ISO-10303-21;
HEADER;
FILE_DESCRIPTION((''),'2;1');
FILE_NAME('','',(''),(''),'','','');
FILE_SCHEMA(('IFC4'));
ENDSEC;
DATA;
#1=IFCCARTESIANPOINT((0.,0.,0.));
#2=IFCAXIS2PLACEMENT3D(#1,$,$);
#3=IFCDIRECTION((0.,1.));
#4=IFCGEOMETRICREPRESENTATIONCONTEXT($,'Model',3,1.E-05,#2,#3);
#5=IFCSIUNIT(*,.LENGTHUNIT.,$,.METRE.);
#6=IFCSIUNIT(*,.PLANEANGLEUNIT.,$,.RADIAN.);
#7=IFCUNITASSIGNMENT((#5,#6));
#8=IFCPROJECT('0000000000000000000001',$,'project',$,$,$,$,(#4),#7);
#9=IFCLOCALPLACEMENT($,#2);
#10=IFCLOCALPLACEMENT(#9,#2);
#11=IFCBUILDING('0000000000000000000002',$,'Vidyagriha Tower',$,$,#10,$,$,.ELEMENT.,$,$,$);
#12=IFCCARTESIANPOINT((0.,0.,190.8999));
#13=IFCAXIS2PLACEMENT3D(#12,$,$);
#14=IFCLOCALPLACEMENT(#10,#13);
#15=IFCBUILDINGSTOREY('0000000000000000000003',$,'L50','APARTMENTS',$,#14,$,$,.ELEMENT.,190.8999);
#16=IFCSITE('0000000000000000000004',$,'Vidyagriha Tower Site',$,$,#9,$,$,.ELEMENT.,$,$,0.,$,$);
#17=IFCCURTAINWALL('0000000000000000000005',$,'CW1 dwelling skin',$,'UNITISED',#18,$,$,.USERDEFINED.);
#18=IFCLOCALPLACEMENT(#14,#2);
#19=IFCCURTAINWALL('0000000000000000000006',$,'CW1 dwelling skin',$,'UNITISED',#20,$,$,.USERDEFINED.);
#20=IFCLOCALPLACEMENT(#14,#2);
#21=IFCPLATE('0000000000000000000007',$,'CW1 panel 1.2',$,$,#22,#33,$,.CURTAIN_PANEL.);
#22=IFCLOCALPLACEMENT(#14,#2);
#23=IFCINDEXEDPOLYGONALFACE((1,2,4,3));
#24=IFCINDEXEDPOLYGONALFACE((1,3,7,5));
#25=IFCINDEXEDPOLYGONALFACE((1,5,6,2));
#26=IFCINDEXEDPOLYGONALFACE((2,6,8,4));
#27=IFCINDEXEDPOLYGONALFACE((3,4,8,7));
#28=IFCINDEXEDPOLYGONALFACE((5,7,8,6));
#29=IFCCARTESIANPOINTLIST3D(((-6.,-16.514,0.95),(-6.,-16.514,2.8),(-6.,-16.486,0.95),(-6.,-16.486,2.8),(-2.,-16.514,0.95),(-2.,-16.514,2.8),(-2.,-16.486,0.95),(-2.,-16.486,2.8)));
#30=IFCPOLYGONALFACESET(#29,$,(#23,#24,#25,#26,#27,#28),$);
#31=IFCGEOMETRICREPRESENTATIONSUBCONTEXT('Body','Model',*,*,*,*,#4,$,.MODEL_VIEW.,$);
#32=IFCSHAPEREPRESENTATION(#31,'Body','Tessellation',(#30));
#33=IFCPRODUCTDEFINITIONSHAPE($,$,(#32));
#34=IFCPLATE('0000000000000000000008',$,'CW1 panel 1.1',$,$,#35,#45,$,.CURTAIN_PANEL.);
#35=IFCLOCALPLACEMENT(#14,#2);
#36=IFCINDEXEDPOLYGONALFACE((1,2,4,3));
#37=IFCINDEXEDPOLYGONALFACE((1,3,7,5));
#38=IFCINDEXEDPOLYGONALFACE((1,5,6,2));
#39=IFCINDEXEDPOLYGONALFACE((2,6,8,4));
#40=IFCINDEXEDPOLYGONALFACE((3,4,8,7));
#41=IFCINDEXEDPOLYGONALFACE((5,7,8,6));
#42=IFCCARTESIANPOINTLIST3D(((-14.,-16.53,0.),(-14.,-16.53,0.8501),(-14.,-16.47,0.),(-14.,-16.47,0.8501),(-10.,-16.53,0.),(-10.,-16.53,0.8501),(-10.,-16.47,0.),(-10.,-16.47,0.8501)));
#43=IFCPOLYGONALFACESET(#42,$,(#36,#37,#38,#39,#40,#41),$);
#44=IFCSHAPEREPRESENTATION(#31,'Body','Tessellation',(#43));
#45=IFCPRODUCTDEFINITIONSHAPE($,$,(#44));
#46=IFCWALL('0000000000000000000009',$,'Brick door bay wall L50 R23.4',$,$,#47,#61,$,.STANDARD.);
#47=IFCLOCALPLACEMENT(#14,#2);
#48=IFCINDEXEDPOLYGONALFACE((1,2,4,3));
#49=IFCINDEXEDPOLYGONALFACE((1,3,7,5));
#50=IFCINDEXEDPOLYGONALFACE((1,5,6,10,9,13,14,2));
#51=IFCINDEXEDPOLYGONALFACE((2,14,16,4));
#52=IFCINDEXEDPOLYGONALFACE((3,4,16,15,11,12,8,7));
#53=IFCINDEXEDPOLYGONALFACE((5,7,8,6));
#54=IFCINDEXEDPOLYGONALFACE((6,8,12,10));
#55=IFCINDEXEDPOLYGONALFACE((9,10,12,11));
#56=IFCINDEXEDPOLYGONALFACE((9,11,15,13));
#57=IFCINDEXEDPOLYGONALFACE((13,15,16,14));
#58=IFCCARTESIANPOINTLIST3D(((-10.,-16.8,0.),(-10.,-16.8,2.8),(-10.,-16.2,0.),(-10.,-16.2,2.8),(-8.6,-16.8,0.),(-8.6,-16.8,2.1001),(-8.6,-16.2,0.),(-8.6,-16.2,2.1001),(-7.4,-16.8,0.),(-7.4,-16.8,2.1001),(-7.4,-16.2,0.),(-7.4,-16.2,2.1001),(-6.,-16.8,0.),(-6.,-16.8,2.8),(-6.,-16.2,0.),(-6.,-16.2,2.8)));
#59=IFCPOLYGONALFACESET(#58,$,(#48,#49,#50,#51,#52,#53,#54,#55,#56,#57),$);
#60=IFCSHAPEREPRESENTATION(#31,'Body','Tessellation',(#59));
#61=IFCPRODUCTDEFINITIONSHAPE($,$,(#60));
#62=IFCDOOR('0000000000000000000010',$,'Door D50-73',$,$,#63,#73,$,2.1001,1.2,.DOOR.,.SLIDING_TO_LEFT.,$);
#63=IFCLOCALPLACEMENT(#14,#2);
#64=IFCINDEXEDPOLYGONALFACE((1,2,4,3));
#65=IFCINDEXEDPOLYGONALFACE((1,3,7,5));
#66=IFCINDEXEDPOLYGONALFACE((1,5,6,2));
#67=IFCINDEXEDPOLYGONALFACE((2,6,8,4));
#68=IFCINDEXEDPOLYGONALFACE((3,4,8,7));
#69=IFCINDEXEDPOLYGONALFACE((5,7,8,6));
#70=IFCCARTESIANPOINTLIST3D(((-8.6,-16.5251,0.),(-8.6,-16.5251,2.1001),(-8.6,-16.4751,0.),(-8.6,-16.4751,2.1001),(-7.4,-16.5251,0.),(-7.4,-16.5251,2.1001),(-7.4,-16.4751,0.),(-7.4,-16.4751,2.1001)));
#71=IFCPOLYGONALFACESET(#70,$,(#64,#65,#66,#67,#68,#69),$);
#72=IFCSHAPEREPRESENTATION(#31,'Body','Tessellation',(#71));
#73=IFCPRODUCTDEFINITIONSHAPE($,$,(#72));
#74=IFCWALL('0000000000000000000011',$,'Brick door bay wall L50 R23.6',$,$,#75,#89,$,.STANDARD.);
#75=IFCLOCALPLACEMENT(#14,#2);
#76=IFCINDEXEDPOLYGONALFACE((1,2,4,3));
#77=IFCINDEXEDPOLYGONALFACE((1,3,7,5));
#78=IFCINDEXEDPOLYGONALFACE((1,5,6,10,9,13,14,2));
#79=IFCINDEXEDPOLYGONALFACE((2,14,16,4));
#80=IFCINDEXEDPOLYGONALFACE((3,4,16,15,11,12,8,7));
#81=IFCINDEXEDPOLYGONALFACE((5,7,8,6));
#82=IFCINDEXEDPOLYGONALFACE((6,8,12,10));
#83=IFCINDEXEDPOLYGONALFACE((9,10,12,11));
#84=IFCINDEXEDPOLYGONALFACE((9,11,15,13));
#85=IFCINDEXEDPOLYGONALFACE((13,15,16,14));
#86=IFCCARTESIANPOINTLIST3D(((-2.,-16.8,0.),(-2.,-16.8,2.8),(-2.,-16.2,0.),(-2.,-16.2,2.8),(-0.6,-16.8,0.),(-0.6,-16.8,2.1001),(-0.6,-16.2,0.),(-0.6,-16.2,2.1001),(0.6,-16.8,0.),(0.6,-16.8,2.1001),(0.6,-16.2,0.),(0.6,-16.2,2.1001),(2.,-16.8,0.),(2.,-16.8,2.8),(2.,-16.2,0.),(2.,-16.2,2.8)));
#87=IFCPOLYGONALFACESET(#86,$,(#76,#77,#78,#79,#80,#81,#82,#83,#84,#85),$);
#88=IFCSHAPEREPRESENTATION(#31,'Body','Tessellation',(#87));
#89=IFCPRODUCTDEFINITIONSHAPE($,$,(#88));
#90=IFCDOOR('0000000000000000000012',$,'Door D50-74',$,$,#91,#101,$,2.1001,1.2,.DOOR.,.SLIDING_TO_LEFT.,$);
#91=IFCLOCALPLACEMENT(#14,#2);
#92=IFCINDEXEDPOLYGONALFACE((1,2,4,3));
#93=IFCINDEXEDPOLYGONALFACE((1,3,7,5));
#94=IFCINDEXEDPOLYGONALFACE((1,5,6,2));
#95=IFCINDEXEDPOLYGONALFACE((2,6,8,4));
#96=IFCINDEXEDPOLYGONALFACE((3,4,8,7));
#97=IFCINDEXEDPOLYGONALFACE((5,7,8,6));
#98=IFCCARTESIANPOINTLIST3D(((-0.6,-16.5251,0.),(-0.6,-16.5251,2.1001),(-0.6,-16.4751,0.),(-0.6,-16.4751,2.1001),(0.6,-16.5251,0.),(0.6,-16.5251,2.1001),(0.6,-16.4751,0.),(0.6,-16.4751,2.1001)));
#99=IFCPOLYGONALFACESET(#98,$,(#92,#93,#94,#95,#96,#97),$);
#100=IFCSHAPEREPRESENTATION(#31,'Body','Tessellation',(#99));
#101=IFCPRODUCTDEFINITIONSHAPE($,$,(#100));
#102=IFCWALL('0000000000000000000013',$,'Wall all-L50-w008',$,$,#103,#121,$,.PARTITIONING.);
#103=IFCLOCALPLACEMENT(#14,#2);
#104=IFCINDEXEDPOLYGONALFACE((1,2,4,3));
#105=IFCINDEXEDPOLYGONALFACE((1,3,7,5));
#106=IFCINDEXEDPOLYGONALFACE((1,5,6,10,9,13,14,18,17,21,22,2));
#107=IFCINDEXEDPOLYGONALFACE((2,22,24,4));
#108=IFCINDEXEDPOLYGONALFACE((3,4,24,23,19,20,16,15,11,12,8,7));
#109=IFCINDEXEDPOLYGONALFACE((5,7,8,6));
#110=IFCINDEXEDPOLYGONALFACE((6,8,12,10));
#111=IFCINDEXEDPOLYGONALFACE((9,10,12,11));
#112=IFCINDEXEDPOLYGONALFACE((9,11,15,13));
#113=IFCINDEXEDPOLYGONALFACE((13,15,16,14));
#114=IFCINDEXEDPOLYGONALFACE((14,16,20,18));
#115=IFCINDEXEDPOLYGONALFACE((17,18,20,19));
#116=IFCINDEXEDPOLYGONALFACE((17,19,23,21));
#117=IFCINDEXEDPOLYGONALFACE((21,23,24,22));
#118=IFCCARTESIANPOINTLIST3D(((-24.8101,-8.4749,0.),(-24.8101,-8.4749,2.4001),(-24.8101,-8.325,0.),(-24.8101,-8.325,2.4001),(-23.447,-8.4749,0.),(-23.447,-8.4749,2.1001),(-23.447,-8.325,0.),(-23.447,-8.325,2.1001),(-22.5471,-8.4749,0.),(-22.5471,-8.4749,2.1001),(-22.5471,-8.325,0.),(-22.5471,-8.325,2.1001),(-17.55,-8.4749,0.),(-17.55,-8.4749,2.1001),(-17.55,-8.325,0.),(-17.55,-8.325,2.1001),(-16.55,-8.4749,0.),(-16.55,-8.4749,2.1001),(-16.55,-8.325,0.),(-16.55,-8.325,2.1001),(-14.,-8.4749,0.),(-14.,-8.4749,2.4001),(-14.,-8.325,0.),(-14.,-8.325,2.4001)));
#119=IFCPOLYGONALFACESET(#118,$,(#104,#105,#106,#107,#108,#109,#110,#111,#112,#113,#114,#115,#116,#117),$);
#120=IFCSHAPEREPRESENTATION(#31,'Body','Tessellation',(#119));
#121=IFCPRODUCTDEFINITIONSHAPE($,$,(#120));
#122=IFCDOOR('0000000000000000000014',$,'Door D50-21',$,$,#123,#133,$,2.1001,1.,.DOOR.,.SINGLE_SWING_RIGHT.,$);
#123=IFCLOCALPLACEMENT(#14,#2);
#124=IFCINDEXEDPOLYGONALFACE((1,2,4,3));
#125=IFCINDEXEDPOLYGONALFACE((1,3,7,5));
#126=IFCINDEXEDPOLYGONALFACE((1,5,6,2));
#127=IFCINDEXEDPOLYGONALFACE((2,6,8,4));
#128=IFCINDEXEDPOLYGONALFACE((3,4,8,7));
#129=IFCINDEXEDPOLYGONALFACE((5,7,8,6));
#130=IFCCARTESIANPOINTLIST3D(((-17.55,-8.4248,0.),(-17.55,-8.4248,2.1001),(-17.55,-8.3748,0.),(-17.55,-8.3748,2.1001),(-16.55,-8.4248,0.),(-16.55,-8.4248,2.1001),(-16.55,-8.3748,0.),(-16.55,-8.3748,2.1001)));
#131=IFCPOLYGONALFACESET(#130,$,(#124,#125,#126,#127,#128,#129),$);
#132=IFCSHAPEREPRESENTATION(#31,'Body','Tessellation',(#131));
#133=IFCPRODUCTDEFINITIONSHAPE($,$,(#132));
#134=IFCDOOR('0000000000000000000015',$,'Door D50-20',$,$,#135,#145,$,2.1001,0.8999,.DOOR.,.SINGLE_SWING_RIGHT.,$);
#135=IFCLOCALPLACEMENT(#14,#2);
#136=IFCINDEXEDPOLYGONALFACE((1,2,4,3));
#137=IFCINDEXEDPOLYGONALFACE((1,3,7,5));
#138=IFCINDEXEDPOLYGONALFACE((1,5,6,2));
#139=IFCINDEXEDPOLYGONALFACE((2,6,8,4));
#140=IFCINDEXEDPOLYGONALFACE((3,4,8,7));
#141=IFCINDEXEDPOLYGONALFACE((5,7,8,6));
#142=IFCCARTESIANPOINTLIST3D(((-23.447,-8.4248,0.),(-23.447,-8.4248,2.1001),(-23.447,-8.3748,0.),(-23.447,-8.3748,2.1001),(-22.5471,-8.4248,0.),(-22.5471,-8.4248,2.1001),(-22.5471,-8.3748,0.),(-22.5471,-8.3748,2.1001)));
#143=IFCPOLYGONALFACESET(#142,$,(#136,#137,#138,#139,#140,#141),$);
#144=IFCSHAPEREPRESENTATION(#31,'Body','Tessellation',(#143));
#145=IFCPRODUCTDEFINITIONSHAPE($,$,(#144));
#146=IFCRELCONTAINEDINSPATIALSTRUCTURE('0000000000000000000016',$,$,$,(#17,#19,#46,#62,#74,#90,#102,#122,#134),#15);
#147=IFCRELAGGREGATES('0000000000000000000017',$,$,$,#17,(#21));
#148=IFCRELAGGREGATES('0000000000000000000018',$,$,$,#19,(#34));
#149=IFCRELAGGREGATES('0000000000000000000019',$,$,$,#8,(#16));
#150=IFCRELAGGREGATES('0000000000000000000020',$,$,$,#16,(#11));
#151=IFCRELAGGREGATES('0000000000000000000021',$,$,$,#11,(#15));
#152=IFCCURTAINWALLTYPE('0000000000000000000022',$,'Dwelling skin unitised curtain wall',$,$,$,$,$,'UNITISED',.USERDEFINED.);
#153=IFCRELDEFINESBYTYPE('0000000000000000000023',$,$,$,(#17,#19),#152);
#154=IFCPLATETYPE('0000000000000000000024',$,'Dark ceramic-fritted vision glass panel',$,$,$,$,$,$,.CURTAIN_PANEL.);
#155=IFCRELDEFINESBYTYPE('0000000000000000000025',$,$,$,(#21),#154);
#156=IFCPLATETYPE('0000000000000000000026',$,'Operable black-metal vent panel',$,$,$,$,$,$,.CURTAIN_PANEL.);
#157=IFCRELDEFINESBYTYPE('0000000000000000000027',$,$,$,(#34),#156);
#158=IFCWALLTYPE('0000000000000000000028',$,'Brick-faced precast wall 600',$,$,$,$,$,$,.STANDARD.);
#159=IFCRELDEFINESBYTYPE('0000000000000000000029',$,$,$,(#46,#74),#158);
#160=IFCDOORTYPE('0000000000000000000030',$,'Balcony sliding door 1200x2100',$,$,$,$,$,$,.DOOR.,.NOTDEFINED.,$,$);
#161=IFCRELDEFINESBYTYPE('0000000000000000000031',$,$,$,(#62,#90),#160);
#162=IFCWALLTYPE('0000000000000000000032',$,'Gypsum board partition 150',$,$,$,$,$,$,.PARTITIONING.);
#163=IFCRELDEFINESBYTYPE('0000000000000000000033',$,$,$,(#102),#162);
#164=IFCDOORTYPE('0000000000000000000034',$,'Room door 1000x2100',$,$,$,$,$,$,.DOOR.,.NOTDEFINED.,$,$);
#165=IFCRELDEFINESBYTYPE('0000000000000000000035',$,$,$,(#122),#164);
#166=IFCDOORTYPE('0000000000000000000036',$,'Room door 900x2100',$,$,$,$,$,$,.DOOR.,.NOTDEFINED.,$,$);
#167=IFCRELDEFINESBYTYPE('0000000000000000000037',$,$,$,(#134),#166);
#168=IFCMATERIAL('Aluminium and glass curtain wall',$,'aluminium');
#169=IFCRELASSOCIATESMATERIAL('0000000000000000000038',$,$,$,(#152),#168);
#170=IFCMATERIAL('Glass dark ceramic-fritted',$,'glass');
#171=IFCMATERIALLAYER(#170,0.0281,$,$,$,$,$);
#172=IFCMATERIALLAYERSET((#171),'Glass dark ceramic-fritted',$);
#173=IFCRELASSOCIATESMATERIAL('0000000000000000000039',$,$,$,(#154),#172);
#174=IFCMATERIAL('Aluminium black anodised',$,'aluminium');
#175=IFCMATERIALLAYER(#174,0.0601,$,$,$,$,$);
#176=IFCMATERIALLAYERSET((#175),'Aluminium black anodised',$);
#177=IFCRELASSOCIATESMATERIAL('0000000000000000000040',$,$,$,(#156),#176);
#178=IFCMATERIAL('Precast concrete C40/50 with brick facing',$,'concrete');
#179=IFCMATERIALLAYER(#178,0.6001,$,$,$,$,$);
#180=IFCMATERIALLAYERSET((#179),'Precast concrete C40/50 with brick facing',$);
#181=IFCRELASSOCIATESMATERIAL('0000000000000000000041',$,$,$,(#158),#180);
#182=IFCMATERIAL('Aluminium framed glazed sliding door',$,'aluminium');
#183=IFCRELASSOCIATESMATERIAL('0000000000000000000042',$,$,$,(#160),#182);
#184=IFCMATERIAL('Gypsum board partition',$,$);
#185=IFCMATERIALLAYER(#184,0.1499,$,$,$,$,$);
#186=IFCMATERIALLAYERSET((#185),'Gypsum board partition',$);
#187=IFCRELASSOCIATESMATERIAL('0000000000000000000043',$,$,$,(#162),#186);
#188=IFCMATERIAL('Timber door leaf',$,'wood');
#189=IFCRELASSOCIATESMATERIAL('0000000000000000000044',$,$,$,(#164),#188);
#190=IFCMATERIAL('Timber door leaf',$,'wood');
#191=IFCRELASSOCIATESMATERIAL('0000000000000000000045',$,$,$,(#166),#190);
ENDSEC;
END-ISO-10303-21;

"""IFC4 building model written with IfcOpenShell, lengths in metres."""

from ifc_helpers import new_model, si_unit, direction, frame, frame_2d, origin, origin_2d, place, context, subcontext, project, spatial, rectangle, extrude, material, layer, layer_set, type_object, element, fill, aggregate, save


model = new_model("IFC4")

# Units and contexts
model_context = context("Model", 3, precision=1e-05, world=origin(), true_north=direction((0.0, 1.0)))
body_context = subcontext(model_context, "Body", "Model", "MODEL_VIEW")
ifc_project = project(units=[si_unit("LENGTHUNIT", "METRE"), si_unit("PLANEANGLEUNIT", "RADIAN")], contexts=[model_context])

# Site, building, storey
site_placement = place(None, origin())
site = spatial("IfcSite", under=ifc_project, at=site_placement, Name="Vidyagriha Tower Site", CompositionType="ELEMENT", RefElevation=0.0)
building_placement = place(site_placement, origin())
building = spatial("IfcBuilding", under=site, at=building_placement, Name="Vidyagriha Tower", CompositionType="ELEMENT")
storey_placement = place(building_placement, frame((0.0, 0.0, 190.8999)))
storey = spatial("IfcBuildingStorey", under=building, at=storey_placement, Name="L50", Description="APARTMENTS", CompositionType="ELEMENT", Elevation=190.8999)

# Curtain wall
ifc_material_1 = material(Name="Aluminium and glass curtain wall", Category="aluminium")
curtain_wall_type = type_object("IfcCurtainWallType", Name="Dwelling skin unitised curtain wall", ElementType="UNITISED", PredefinedType="USERDEFINED", material=ifc_material_1)
curtain_wall_1_placement = place(storey_placement, origin())
curtain_wall_1 = element("IfcCurtainWall", 1, at=curtain_wall_1_placement, inside=storey, type_object=curtain_wall_type, Name="CW1 dwelling skin", ObjectType="UNITISED", PredefinedType="USERDEFINED")

# Curtain wall
curtain_wall_2_placement = place(storey_placement, origin())
curtain_wall_2 = element("IfcCurtainWall", 2, at=curtain_wall_2_placement, inside=storey, type_object=curtain_wall_type, Name="CW1 dwelling skin", ObjectType="UNITISED", PredefinedType="USERDEFINED")
ifc_material_2 = material(Name="Glass dark ceramic-fritted", Category="glass")
ifc_layer_1 = layer(ifc_material_2, 0.0281)
ifc_layer_set_1 = layer_set([ifc_layer_1], Name="Glass dark ceramic-fritted")
plate_type_1 = type_object("IfcPlateType", Name="Dark ceramic-fritted vision glass panel", PredefinedType="CURTAIN_PANEL", material=ifc_layer_set_1)

# Plates
plate_1_placement = place(storey_placement, frame((-4.0, -16.5, 0.95)))
plate_1 = element("IfcPlate", 3, at=plate_1_placement, type_object=plate_type_1, Name="CW1 panel 1.2", PredefinedType="CURTAIN_PANEL", context=body_context, shape_type="SweptSolid", body=[
    extrude(rectangle(XDim=4.0, YDim=0.0281, at=origin_2d()), origin(), (0.0, 0.0, 1.0), 1.8501),
])
aggregate(curtain_wall_1, [plate_1])
ifc_material_3 = material(Name="Aluminium black anodised", Category="aluminium")
ifc_layer_2 = layer(ifc_material_3, 0.0601)
ifc_layer_set_2 = layer_set([ifc_layer_2], Name="Aluminium black anodised")
plate_type_2 = type_object("IfcPlateType", Name="Operable black-metal vent panel", PredefinedType="CURTAIN_PANEL", material=ifc_layer_set_2)
plate_2_placement = place(storey_placement, frame((-12.0, -16.5, 0.0)))
plate_2 = element("IfcPlate", 4, at=plate_2_placement, type_object=plate_type_2, Name="CW1 panel 1.1", PredefinedType="CURTAIN_PANEL", context=body_context, shape_type="SweptSolid", body=[
    extrude(rectangle(XDim=4.0, YDim=0.0601, at=origin_2d()), origin(), (0.0, 0.0, 1.0), 0.8501),
])
aggregate(curtain_wall_2, [plate_2])

# Walls, openings, doors
ifc_material_4 = material(Name="Precast concrete C40/50 with brick facing", Category="concrete")
ifc_layer_3 = layer(ifc_material_4, 0.6001)
ifc_layer_set_3 = layer_set([ifc_layer_3], Name="Precast concrete C40/50 with brick facing")
wall_type_1 = type_object("IfcWallType", Name="Brick-faced precast wall 600", PredefinedType="STANDARD", material=ifc_layer_set_3)
wall_1_placement = place(storey_placement, frame((-10.0, -16.5, 0.0)))
wall_1 = element("IfcWall", 5, at=wall_1_placement, inside=storey, type_object=wall_type_1, Name="Brick door bay wall L50 R23.4", PredefinedType="STANDARD", context=body_context, shape_type="SweptSolid", body=[
    extrude(rectangle(XDim=4.0, YDim=0.6001, at=frame_2d((2.0, 0.0))), origin(), (0.0, 0.0, 1.0), 2.8),
])
opening_1_placement = place(wall_1_placement, frame((1.3999, 0.0, 0.0)))
opening_1 = element("IfcOpeningElement", 6, at=opening_1_placement, cuts=wall_1, PredefinedType="OPENING", context=body_context, shape_type="SweptSolid", body=[
    extrude(rectangle(XDim=1.2, YDim=2.1001, at=frame_2d((0.6001, 1.05))), frame((0.0, 0.3101, 0.0), z_axis=(0.0, -1.0, 0.0), x_axis=(1.0, 0.0, 0.0)), (0.0, 0.0, 1.0), 0.6201),
])
ifc_material_5 = material(Name="Aluminium framed glazed sliding door", Category="aluminium")
door_type_1 = type_object("IfcDoorType", Name="Balcony sliding door 1200x2100", OperationType="NOTDEFINED", PredefinedType="DOOR", material=ifc_material_5)
door_1_placement = place(opening_1_placement, origin())
door_1 = element("IfcDoor", 7, at=door_1_placement, inside=storey, type_object=door_type_1, Name="Door D50-73", OperationType="SLIDING_TO_LEFT", OverallHeight=2.1001, OverallWidth=1.2, PredefinedType="DOOR", context=body_context, shape_type="SweptSolid", body=[
    extrude(rectangle(XDim=1.2, YDim=2.1001, at=frame_2d((0.6001, 1.05))), frame((0.0, 0.0249, 0.0), z_axis=(0.0, -1.0, 0.0), x_axis=(1.0, 0.0, 0.0)), (0.0, 0.0, 1.0), 0.05),
])
fill(opening_1, door_1)
wall_2_placement = place(storey_placement, frame((-2.0, -16.5, 0.0)))
wall_2 = element("IfcWall", 8, at=wall_2_placement, inside=storey, type_object=wall_type_1, Name="Brick door bay wall L50 R23.6", PredefinedType="STANDARD", context=body_context, shape_type="SweptSolid", body=[
    extrude(rectangle(XDim=4.0, YDim=0.6001, at=frame_2d((2.0, 0.0))), origin(), (0.0, 0.0, 1.0), 2.8),
])
opening_2_placement = place(wall_2_placement, frame((1.3999, 0.0, 0.0)))
opening_2 = element("IfcOpeningElement", 9, at=opening_2_placement, cuts=wall_2, PredefinedType="OPENING", context=body_context, shape_type="SweptSolid", body=[
    extrude(rectangle(XDim=1.2, YDim=2.1001, at=frame_2d((0.6001, 1.05))), frame((0.0, 0.3101, 0.0), z_axis=(0.0, -1.0, 0.0), x_axis=(1.0, 0.0, 0.0)), (0.0, 0.0, 1.0), 0.6201),
])
door_2_placement = place(opening_2_placement, origin())
door_2 = element("IfcDoor", 10, at=door_2_placement, inside=storey, type_object=door_type_1, Name="Door D50-74", OperationType="SLIDING_TO_LEFT", OverallHeight=2.1001, OverallWidth=1.2, PredefinedType="DOOR", context=body_context, shape_type="SweptSolid", body=[
    extrude(rectangle(XDim=1.2, YDim=2.1001, at=frame_2d((0.6001, 1.05))), frame((0.0, 0.0249, 0.0), z_axis=(0.0, -1.0, 0.0), x_axis=(1.0, 0.0, 0.0)), (0.0, 0.0, 1.0), 0.05),
])
fill(opening_2, door_2)

# Wall, openings, doors
ifc_material_6 = material(Name="Gypsum board partition")
ifc_layer_4 = layer(ifc_material_6, 0.1499)
ifc_layer_set_4 = layer_set([ifc_layer_4], Name="Gypsum board partition")
wall_type_2 = type_object("IfcWallType", Name="Gypsum board partition 150", PredefinedType="PARTITIONING", material=ifc_layer_set_4)
wall_3_placement = place(storey_placement, frame((-14.0, -8.3999, 0.0), z_axis=(0.0, 0.0, 1.0), x_axis=(-1.0, 0.0, 0.0)))
wall_3 = element("IfcWall", 11, at=wall_3_placement, inside=storey, type_object=wall_type_2, Name="Wall all-L50-w008", PredefinedType="PARTITIONING", context=body_context, shape_type="SweptSolid", body=[
    extrude(rectangle(XDim=10.8101, YDim=0.1499, at=frame_2d((5.405, 0.0))), origin(), (0.0, 0.0, 1.0), 2.4001),
])
opening_3_placement = place(wall_3_placement, frame((8.5471, 0.0, 0.0)))
opening_3 = element("IfcOpeningElement", 12, at=opening_3_placement, cuts=wall_3, PredefinedType="OPENING", context=body_context, shape_type="SweptSolid", body=[
    extrude(rectangle(XDim=0.8999, YDim=2.1001, at=frame_2d((0.45, 1.05))), frame((0.0, 0.085, 0.0), z_axis=(0.0, -1.0, 0.0), x_axis=(1.0, 0.0, 0.0)), (0.0, 0.0, 1.0), 0.1699),
])
opening_4_placement = place(wall_3_placement, frame((2.55, 0.0, 0.0)))
opening_4 = element("IfcOpeningElement", 13, at=opening_4_placement, cuts=wall_3, PredefinedType="OPENING", context=body_context, shape_type="SweptSolid", body=[
    extrude(rectangle(XDim=1.0, YDim=2.1001, at=frame_2d((0.5, 1.05))), frame((0.0, 0.085, 0.0), z_axis=(0.0, -1.0, 0.0), x_axis=(1.0, 0.0, 0.0)), (0.0, 0.0, 1.0), 0.1699),
])
ifc_material_7 = material(Name="Timber door leaf", Category="wood")
door_type_2 = type_object("IfcDoorType", Name="Room door 1000x2100", OperationType="NOTDEFINED", PredefinedType="DOOR", material=ifc_material_7)
door_3_placement = place(opening_4_placement, origin())
door_3 = element("IfcDoor", 14, at=door_3_placement, inside=storey, type_object=door_type_2, Name="Door D50-21", OperationType="SINGLE_SWING_RIGHT", OverallHeight=2.1001, OverallWidth=1.0, PredefinedType="DOOR", context=body_context, shape_type="SweptSolid", body=[
    extrude(rectangle(XDim=1.0, YDim=2.1001, at=frame_2d((0.5, 1.05))), frame((0.0, 0.0249, 0.0), z_axis=(0.0, -1.0, 0.0), x_axis=(1.0, 0.0, 0.0)), (0.0, 0.0, 1.0), 0.05),
])
fill(opening_4, door_3)
ifc_material_8 = material(Name="Timber door leaf", Category="wood")
door_type_3 = type_object("IfcDoorType", Name="Room door 900x2100", OperationType="NOTDEFINED", PredefinedType="DOOR", material=ifc_material_8)
door_4_placement = place(opening_3_placement, origin())
door_4 = element("IfcDoor", 15, at=door_4_placement, inside=storey, type_object=door_type_3, Name="Door D50-20", OperationType="SINGLE_SWING_RIGHT", OverallHeight=2.1001, OverallWidth=0.8999, PredefinedType="DOOR", context=body_context, shape_type="SweptSolid", body=[
    extrude(rectangle(XDim=0.8999, YDim=2.1001, at=frame_2d((0.45, 1.05))), frame((0.0, 0.0249, 0.0), z_axis=(0.0, -1.0, 0.0), x_axis=(1.0, 0.0, 0.0)), (0.0, 0.0, 1.0), 0.05),
])
fill(opening_3, door_4)

save(model, "model.ifc")
